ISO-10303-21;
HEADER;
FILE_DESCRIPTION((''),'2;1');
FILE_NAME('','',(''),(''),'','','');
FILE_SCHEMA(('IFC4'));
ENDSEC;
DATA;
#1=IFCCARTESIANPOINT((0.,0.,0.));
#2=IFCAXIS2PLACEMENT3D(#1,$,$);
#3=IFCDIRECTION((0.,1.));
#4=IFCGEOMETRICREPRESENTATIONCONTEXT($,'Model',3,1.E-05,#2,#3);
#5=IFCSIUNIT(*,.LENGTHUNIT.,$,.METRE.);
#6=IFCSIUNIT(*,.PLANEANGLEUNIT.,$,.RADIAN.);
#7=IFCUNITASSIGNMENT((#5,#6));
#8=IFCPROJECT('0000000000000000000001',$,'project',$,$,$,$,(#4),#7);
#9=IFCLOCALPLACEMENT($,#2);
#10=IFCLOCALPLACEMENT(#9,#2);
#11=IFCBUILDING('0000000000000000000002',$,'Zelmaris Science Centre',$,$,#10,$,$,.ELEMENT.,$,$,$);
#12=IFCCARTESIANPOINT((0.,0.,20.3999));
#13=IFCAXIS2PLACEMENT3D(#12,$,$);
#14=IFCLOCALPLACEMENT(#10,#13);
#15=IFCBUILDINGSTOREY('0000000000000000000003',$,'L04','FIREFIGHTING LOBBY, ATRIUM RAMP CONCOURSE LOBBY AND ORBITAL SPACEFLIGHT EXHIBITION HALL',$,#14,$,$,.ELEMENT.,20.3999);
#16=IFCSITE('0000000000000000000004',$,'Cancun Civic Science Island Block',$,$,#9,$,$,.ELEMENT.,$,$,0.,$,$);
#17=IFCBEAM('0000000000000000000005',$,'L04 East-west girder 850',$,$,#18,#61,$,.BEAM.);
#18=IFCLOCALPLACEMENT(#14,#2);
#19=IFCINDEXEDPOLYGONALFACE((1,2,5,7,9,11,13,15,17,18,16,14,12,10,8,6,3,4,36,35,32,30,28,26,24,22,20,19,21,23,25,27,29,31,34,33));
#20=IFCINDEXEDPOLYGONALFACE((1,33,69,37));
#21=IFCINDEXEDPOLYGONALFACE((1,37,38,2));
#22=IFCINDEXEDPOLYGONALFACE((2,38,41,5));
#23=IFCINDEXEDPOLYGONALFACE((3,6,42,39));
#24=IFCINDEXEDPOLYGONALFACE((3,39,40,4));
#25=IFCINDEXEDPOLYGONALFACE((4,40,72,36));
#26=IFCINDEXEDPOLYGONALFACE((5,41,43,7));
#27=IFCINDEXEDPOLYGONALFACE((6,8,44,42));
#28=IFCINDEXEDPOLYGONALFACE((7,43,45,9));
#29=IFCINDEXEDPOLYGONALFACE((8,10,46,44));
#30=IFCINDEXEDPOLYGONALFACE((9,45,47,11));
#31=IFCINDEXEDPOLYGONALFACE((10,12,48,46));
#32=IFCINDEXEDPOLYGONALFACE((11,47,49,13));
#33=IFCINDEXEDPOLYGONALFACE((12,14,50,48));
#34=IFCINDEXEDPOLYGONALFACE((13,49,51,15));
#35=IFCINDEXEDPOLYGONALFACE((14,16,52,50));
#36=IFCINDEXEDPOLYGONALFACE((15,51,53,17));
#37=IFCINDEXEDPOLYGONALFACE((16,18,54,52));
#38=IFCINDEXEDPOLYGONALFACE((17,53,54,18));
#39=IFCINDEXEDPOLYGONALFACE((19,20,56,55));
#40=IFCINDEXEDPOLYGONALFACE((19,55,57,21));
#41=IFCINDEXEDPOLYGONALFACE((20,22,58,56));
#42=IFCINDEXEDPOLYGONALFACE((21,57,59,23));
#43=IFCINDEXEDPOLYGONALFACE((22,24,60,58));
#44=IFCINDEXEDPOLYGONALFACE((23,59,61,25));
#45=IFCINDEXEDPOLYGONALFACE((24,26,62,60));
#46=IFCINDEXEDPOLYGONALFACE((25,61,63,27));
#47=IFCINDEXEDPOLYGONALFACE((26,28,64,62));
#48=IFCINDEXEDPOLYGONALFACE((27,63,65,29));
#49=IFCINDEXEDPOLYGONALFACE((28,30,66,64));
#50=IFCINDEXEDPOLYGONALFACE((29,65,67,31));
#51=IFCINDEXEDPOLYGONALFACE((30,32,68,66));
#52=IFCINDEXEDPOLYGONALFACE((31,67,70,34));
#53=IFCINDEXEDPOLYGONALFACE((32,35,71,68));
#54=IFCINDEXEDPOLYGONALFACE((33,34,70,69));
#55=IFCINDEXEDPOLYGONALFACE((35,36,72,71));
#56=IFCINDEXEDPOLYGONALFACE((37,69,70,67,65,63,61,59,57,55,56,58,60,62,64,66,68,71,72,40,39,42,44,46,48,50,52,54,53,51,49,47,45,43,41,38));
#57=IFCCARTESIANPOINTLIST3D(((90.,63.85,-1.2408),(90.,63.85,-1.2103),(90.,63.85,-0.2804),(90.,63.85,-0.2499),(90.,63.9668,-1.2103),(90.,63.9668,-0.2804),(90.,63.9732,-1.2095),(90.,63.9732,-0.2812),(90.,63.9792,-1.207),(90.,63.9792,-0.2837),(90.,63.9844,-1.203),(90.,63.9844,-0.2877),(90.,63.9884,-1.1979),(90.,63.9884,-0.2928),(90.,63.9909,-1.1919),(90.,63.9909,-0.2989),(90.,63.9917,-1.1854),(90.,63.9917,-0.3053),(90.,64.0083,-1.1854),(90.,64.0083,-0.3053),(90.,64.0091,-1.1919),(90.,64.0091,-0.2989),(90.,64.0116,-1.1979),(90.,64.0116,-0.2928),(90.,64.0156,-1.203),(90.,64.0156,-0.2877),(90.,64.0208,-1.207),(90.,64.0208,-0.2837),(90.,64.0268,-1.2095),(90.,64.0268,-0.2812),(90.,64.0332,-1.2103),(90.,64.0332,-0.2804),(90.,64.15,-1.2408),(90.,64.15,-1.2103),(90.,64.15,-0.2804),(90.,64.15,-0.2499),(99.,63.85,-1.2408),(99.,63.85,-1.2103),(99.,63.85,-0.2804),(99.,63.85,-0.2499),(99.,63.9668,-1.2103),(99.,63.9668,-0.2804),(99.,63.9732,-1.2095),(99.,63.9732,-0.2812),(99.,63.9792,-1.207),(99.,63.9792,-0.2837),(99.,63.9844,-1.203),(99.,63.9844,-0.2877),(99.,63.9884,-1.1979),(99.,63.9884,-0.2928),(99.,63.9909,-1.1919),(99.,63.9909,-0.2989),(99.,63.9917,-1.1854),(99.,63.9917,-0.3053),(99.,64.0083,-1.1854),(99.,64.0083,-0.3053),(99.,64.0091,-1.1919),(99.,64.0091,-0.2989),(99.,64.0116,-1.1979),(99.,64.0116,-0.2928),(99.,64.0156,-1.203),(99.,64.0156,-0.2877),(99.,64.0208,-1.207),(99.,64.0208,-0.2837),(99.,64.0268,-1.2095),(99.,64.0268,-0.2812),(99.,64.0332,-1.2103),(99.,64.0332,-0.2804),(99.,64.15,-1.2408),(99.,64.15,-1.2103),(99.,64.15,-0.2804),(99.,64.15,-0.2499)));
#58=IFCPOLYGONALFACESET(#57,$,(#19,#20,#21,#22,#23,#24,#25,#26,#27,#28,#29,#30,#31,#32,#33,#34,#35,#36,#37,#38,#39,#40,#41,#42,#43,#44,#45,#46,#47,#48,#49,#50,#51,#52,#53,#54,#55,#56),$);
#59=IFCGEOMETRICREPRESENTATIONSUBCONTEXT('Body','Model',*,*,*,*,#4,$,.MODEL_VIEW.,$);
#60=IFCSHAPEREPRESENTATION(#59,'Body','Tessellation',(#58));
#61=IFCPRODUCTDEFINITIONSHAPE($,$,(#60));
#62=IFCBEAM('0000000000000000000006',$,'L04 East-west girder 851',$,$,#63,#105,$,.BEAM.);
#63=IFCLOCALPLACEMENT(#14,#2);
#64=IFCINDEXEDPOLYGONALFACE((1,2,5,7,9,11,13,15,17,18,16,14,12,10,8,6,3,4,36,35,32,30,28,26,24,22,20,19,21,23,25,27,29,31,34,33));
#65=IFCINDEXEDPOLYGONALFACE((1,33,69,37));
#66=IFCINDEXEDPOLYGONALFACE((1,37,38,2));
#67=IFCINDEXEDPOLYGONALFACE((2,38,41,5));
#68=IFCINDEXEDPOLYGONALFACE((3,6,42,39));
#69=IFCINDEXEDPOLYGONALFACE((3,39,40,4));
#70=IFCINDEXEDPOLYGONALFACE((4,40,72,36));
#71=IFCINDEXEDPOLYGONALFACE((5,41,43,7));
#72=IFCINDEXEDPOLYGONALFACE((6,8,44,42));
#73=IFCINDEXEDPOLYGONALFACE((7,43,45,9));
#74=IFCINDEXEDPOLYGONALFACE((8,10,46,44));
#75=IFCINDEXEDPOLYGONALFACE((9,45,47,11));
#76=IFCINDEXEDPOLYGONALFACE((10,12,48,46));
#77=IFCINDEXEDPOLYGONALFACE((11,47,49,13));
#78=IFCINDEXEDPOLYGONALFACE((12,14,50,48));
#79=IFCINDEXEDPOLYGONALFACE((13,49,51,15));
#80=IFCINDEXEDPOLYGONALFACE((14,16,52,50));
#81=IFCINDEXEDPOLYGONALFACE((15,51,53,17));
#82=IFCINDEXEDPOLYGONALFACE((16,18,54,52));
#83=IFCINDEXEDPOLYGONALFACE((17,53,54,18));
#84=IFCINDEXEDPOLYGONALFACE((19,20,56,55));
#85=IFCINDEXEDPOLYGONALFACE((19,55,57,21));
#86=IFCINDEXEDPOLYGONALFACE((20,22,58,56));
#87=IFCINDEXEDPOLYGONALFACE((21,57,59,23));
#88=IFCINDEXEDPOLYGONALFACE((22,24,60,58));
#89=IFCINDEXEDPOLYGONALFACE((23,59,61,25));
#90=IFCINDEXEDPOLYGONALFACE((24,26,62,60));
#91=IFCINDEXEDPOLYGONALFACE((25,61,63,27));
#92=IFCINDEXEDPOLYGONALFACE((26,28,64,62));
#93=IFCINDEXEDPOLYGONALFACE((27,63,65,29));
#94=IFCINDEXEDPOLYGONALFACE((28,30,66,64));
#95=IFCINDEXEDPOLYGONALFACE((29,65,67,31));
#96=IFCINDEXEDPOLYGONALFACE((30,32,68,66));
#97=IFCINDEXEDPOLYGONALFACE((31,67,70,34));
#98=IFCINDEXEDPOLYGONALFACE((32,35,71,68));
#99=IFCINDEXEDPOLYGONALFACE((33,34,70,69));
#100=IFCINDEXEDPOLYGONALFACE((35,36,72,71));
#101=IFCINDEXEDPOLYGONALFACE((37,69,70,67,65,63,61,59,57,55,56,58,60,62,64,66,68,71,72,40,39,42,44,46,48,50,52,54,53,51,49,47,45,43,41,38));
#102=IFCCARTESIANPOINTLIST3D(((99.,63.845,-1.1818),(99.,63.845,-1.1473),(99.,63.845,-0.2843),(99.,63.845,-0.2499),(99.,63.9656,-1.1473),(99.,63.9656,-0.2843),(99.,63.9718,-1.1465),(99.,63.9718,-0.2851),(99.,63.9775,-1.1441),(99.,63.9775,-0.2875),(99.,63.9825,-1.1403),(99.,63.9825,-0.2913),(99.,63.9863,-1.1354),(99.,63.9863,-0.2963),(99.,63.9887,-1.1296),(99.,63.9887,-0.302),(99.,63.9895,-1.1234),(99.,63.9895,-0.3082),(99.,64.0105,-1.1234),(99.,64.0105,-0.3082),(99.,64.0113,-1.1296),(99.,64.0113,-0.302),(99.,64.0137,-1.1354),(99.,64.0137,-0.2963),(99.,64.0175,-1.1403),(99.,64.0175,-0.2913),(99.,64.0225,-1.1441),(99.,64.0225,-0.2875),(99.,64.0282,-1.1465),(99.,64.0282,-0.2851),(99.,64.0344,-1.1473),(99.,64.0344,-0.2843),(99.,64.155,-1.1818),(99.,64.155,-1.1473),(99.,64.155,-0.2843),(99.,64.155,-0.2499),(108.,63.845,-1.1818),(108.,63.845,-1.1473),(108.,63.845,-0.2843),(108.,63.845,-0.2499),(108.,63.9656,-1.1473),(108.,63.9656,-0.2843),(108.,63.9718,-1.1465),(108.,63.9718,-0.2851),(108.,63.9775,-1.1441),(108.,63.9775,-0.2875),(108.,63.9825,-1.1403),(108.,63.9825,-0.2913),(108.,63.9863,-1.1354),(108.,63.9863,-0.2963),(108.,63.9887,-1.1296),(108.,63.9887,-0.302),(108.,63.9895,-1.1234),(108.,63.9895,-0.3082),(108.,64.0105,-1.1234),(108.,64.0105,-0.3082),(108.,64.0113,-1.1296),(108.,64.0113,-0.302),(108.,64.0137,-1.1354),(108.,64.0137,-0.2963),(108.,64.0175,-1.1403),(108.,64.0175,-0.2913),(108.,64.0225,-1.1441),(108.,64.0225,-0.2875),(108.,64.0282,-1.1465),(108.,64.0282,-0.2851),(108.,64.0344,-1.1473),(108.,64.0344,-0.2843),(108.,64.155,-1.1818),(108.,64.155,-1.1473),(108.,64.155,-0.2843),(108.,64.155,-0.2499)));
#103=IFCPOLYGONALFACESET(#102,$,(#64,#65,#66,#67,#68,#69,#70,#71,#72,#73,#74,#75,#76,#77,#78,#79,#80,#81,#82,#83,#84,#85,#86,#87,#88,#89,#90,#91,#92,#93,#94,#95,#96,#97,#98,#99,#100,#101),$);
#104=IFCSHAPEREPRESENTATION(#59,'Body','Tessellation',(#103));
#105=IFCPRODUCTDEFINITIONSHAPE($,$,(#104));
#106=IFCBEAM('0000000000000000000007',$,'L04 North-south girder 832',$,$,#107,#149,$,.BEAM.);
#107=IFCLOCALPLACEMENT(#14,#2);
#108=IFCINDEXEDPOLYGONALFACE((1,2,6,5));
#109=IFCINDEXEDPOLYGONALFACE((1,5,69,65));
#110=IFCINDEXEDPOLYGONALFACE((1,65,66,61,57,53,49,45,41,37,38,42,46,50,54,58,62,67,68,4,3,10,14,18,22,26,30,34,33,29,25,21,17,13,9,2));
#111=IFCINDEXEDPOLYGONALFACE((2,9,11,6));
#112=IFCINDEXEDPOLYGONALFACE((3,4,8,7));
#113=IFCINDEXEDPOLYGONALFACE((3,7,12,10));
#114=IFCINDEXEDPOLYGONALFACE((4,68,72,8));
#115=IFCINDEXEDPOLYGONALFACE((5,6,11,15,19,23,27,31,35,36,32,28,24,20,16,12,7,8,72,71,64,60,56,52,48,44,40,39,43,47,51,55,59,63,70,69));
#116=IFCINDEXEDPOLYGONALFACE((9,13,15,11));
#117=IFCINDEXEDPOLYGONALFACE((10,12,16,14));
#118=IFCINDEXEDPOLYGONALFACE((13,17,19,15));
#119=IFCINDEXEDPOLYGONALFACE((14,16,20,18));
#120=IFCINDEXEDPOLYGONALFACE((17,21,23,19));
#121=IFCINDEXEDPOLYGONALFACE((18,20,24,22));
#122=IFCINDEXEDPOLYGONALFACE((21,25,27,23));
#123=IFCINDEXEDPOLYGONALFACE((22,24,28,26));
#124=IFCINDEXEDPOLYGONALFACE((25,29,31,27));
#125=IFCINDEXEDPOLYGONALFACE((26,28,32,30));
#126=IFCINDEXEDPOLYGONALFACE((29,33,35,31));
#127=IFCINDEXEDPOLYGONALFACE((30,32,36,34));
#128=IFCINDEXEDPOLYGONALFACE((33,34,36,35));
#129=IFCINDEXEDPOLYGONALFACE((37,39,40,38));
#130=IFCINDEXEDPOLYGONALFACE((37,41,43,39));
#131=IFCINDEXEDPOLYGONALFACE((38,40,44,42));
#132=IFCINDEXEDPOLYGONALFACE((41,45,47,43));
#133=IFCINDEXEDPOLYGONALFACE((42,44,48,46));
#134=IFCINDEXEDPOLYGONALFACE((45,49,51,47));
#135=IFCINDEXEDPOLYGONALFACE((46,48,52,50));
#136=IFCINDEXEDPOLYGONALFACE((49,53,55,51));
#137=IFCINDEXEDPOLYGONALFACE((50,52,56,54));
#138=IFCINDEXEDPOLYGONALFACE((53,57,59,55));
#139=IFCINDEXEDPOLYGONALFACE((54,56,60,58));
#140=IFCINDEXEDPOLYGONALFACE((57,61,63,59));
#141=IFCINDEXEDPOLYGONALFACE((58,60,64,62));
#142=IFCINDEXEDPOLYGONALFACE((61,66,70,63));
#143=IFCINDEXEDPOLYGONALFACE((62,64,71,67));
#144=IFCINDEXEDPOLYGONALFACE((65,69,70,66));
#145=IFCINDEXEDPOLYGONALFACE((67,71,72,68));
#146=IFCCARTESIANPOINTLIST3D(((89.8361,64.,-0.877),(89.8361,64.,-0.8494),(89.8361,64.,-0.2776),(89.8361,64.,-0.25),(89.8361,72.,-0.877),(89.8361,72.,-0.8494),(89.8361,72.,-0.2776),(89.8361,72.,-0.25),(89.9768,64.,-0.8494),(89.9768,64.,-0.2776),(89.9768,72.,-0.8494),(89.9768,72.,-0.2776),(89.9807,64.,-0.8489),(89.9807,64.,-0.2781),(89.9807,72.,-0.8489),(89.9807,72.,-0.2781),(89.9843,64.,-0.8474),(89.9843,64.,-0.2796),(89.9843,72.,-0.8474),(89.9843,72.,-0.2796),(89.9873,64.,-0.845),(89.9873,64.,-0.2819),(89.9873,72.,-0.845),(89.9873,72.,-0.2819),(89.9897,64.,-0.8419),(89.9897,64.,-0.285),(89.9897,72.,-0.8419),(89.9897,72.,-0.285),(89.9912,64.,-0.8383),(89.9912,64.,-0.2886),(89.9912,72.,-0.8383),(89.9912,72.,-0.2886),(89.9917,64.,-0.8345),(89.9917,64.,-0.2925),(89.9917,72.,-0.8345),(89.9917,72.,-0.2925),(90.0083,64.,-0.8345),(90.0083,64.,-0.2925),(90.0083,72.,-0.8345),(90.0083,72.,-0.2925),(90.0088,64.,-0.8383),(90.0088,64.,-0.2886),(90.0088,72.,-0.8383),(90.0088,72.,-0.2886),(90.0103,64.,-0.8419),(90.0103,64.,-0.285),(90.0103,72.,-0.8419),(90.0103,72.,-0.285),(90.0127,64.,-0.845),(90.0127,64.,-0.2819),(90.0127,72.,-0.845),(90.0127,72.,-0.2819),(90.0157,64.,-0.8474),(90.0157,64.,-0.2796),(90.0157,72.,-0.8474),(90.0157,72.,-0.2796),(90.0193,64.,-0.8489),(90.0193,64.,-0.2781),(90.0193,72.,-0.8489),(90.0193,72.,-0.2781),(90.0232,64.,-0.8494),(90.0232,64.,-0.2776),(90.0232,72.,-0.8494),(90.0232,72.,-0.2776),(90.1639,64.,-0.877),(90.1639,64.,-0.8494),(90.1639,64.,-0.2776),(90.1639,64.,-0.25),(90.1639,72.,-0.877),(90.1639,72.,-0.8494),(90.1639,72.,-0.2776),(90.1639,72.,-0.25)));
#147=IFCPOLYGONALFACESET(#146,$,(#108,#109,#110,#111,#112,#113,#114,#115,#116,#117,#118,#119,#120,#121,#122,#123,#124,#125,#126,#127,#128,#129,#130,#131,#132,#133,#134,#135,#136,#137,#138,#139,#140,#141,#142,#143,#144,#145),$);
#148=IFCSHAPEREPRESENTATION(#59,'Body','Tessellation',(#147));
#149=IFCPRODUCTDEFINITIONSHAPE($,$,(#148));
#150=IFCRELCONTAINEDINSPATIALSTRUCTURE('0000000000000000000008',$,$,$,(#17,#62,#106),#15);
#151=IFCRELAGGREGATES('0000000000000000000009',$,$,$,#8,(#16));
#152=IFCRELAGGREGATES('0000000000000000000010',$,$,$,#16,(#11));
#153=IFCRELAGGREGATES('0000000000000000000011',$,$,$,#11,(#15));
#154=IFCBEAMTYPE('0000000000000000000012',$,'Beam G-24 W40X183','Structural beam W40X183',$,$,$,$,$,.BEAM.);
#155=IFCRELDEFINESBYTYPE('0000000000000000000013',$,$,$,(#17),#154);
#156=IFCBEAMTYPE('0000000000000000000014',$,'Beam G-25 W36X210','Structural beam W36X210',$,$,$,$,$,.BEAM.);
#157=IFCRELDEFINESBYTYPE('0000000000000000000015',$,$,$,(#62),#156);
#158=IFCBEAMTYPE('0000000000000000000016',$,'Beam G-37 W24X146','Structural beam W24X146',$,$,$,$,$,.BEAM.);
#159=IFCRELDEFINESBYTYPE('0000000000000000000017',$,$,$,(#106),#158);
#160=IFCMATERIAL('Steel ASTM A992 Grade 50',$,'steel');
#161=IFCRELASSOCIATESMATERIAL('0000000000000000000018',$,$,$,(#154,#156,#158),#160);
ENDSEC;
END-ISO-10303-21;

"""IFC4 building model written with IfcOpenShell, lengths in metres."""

from ifc_helpers import new_model, si_unit, direction, frame, origin, origin_2d, place, context, subcontext, project, spatial, i_section, extrude, material, material_profile, profile_set, type_object, element, save


model = new_model("IFC4")

# Units and contexts
model_context = context("Model", 3, precision=1e-05, world=origin(), true_north=direction((0.0, 1.0)))
body_context = subcontext(model_context, "Body", "Model", "MODEL_VIEW")
ifc_project = project(units=[si_unit("LENGTHUNIT", "METRE"), si_unit("PLANEANGLEUNIT", "RADIAN")], contexts=[model_context])

# Site, building, storey
site_placement = place(None, origin())
site = spatial("IfcSite", under=ifc_project, at=site_placement, Name="Cancun Civic Science Island Block", CompositionType="ELEMENT", RefElevation=0.0)
building_placement = place(site_placement, origin())
building = spatial("IfcBuilding", under=site, at=building_placement, Name="Zelmaris Science Centre", CompositionType="ELEMENT")
storey_placement = place(building_placement, frame((0.0, 0.0, 20.3999)))
storey = spatial("IfcBuildingStorey", under=building, at=storey_placement, Name="L04", Description="FIREFIGHTING LOBBY, ATRIUM RAMP CONCOURSE LOBBY AND ORBITAL SPACEFLIGHT EXHIBITION HALL", CompositionType="ELEMENT", Elevation=20.3999)

# Shared definitions
ifc_material_1 = material(Name="Steel ASTM A992 Grade 50", Category="steel")

# Beams
ifc_material_profile_1 = material_profile(ifc_material_1, i_section(OverallWidth=0.3, OverallDepth=0.991, WebThickness=0.0166, FlangeThickness=0.0305, FilletRadius=0.0249, at=origin_2d()), Name="W40X183")
ifc_profile_set_1 = profile_set([ifc_material_profile_1], Name="Steel ASTM A992 Grade 50")
beam_type_1 = type_object("IfcBeamType", Name="Beam G-24 W40X183", Description="Structural beam W40X183", PredefinedType="BEAM", material=ifc_profile_set_1)
beam_1_placement = place(storey_placement, frame((90.0, 64.0, -0.7454), z_axis=(1.0, 0.0, 0.0), x_axis=(0.0, 1.0, 0.0)))
element("IfcBeam", 1, at=beam_1_placement, inside=storey, type_object=beam_type_1, Name="L04 East-west girder 850", PredefinedType="BEAM", context=body_context, shape_type="SweptSolid", body=[
    extrude(i_section(OverallWidth=0.3, OverallDepth=0.991, WebThickness=0.0166, FlangeThickness=0.0305, FilletRadius=0.0249, at=origin_2d()), origin(), (0.0, 0.0, 1.0), 9.0),
])
ifc_material_profile_2 = material_profile(ifc_material_1, i_section(OverallWidth=0.3101, OverallDepth=0.9319, WebThickness=0.021, FlangeThickness=0.0344, FilletRadius=0.0239, at=origin_2d()), Name="W36X210")
ifc_profile_set_2 = profile_set([ifc_material_profile_2], Name="Steel ASTM A992 Grade 50")
beam_type_2 = type_object("IfcBeamType", Name="Beam G-25 W36X210", Description="Structural beam W36X210", PredefinedType="BEAM", material=ifc_profile_set_2)
beam_2_placement = place(storey_placement, frame((99.0, 64.0, -0.7158), z_axis=(1.0, 0.0, 0.0), x_axis=(0.0, 1.0, 0.0)))
element("IfcBeam", 2, at=beam_2_placement, inside=storey, type_object=beam_type_2, Name="L04 East-west girder 851", PredefinedType="BEAM", context=body_context, shape_type="SweptSolid", body=[
    extrude(i_section(OverallWidth=0.3101, OverallDepth=0.9319, WebThickness=0.021, FlangeThickness=0.0344, FilletRadius=0.0239, at=origin_2d()), origin(), (0.0, 0.0, 1.0), 9.0),
])
ifc_material_profile_3 = material_profile(ifc_material_1, i_section(OverallWidth=0.3279, OverallDepth=0.627, WebThickness=0.0166, FlangeThickness=0.0276, FilletRadius=0.0149, at=origin_2d()), Name="W24X146")
ifc_profile_set_3 = profile_set([ifc_material_profile_3], Name="Steel ASTM A992 Grade 50")
beam_type_3 = type_object("IfcBeamType", Name="Beam G-37 W24X146", Description="Structural beam W24X146", PredefinedType="BEAM", material=ifc_profile_set_3)
beam_3_placement = place(storey_placement, frame((90.0, 64.0, -0.5635), z_axis=(0.0, 1.0, 0.0), x_axis=(-1.0, 0.0, 0.0)))
element("IfcBeam", 3, at=beam_3_placement, inside=storey, type_object=beam_type_3, Name="L04 North-south girder 832", PredefinedType="BEAM", context=body_context, shape_type="SweptSolid", body=[
    extrude(i_section(OverallWidth=0.3279, OverallDepth=0.627, WebThickness=0.0166, FlangeThickness=0.0276, FilletRadius=0.0149, at=origin_2d()), origin(), (0.0, 0.0, 1.0), 8.0),
])

save(model, "model.ifc")
